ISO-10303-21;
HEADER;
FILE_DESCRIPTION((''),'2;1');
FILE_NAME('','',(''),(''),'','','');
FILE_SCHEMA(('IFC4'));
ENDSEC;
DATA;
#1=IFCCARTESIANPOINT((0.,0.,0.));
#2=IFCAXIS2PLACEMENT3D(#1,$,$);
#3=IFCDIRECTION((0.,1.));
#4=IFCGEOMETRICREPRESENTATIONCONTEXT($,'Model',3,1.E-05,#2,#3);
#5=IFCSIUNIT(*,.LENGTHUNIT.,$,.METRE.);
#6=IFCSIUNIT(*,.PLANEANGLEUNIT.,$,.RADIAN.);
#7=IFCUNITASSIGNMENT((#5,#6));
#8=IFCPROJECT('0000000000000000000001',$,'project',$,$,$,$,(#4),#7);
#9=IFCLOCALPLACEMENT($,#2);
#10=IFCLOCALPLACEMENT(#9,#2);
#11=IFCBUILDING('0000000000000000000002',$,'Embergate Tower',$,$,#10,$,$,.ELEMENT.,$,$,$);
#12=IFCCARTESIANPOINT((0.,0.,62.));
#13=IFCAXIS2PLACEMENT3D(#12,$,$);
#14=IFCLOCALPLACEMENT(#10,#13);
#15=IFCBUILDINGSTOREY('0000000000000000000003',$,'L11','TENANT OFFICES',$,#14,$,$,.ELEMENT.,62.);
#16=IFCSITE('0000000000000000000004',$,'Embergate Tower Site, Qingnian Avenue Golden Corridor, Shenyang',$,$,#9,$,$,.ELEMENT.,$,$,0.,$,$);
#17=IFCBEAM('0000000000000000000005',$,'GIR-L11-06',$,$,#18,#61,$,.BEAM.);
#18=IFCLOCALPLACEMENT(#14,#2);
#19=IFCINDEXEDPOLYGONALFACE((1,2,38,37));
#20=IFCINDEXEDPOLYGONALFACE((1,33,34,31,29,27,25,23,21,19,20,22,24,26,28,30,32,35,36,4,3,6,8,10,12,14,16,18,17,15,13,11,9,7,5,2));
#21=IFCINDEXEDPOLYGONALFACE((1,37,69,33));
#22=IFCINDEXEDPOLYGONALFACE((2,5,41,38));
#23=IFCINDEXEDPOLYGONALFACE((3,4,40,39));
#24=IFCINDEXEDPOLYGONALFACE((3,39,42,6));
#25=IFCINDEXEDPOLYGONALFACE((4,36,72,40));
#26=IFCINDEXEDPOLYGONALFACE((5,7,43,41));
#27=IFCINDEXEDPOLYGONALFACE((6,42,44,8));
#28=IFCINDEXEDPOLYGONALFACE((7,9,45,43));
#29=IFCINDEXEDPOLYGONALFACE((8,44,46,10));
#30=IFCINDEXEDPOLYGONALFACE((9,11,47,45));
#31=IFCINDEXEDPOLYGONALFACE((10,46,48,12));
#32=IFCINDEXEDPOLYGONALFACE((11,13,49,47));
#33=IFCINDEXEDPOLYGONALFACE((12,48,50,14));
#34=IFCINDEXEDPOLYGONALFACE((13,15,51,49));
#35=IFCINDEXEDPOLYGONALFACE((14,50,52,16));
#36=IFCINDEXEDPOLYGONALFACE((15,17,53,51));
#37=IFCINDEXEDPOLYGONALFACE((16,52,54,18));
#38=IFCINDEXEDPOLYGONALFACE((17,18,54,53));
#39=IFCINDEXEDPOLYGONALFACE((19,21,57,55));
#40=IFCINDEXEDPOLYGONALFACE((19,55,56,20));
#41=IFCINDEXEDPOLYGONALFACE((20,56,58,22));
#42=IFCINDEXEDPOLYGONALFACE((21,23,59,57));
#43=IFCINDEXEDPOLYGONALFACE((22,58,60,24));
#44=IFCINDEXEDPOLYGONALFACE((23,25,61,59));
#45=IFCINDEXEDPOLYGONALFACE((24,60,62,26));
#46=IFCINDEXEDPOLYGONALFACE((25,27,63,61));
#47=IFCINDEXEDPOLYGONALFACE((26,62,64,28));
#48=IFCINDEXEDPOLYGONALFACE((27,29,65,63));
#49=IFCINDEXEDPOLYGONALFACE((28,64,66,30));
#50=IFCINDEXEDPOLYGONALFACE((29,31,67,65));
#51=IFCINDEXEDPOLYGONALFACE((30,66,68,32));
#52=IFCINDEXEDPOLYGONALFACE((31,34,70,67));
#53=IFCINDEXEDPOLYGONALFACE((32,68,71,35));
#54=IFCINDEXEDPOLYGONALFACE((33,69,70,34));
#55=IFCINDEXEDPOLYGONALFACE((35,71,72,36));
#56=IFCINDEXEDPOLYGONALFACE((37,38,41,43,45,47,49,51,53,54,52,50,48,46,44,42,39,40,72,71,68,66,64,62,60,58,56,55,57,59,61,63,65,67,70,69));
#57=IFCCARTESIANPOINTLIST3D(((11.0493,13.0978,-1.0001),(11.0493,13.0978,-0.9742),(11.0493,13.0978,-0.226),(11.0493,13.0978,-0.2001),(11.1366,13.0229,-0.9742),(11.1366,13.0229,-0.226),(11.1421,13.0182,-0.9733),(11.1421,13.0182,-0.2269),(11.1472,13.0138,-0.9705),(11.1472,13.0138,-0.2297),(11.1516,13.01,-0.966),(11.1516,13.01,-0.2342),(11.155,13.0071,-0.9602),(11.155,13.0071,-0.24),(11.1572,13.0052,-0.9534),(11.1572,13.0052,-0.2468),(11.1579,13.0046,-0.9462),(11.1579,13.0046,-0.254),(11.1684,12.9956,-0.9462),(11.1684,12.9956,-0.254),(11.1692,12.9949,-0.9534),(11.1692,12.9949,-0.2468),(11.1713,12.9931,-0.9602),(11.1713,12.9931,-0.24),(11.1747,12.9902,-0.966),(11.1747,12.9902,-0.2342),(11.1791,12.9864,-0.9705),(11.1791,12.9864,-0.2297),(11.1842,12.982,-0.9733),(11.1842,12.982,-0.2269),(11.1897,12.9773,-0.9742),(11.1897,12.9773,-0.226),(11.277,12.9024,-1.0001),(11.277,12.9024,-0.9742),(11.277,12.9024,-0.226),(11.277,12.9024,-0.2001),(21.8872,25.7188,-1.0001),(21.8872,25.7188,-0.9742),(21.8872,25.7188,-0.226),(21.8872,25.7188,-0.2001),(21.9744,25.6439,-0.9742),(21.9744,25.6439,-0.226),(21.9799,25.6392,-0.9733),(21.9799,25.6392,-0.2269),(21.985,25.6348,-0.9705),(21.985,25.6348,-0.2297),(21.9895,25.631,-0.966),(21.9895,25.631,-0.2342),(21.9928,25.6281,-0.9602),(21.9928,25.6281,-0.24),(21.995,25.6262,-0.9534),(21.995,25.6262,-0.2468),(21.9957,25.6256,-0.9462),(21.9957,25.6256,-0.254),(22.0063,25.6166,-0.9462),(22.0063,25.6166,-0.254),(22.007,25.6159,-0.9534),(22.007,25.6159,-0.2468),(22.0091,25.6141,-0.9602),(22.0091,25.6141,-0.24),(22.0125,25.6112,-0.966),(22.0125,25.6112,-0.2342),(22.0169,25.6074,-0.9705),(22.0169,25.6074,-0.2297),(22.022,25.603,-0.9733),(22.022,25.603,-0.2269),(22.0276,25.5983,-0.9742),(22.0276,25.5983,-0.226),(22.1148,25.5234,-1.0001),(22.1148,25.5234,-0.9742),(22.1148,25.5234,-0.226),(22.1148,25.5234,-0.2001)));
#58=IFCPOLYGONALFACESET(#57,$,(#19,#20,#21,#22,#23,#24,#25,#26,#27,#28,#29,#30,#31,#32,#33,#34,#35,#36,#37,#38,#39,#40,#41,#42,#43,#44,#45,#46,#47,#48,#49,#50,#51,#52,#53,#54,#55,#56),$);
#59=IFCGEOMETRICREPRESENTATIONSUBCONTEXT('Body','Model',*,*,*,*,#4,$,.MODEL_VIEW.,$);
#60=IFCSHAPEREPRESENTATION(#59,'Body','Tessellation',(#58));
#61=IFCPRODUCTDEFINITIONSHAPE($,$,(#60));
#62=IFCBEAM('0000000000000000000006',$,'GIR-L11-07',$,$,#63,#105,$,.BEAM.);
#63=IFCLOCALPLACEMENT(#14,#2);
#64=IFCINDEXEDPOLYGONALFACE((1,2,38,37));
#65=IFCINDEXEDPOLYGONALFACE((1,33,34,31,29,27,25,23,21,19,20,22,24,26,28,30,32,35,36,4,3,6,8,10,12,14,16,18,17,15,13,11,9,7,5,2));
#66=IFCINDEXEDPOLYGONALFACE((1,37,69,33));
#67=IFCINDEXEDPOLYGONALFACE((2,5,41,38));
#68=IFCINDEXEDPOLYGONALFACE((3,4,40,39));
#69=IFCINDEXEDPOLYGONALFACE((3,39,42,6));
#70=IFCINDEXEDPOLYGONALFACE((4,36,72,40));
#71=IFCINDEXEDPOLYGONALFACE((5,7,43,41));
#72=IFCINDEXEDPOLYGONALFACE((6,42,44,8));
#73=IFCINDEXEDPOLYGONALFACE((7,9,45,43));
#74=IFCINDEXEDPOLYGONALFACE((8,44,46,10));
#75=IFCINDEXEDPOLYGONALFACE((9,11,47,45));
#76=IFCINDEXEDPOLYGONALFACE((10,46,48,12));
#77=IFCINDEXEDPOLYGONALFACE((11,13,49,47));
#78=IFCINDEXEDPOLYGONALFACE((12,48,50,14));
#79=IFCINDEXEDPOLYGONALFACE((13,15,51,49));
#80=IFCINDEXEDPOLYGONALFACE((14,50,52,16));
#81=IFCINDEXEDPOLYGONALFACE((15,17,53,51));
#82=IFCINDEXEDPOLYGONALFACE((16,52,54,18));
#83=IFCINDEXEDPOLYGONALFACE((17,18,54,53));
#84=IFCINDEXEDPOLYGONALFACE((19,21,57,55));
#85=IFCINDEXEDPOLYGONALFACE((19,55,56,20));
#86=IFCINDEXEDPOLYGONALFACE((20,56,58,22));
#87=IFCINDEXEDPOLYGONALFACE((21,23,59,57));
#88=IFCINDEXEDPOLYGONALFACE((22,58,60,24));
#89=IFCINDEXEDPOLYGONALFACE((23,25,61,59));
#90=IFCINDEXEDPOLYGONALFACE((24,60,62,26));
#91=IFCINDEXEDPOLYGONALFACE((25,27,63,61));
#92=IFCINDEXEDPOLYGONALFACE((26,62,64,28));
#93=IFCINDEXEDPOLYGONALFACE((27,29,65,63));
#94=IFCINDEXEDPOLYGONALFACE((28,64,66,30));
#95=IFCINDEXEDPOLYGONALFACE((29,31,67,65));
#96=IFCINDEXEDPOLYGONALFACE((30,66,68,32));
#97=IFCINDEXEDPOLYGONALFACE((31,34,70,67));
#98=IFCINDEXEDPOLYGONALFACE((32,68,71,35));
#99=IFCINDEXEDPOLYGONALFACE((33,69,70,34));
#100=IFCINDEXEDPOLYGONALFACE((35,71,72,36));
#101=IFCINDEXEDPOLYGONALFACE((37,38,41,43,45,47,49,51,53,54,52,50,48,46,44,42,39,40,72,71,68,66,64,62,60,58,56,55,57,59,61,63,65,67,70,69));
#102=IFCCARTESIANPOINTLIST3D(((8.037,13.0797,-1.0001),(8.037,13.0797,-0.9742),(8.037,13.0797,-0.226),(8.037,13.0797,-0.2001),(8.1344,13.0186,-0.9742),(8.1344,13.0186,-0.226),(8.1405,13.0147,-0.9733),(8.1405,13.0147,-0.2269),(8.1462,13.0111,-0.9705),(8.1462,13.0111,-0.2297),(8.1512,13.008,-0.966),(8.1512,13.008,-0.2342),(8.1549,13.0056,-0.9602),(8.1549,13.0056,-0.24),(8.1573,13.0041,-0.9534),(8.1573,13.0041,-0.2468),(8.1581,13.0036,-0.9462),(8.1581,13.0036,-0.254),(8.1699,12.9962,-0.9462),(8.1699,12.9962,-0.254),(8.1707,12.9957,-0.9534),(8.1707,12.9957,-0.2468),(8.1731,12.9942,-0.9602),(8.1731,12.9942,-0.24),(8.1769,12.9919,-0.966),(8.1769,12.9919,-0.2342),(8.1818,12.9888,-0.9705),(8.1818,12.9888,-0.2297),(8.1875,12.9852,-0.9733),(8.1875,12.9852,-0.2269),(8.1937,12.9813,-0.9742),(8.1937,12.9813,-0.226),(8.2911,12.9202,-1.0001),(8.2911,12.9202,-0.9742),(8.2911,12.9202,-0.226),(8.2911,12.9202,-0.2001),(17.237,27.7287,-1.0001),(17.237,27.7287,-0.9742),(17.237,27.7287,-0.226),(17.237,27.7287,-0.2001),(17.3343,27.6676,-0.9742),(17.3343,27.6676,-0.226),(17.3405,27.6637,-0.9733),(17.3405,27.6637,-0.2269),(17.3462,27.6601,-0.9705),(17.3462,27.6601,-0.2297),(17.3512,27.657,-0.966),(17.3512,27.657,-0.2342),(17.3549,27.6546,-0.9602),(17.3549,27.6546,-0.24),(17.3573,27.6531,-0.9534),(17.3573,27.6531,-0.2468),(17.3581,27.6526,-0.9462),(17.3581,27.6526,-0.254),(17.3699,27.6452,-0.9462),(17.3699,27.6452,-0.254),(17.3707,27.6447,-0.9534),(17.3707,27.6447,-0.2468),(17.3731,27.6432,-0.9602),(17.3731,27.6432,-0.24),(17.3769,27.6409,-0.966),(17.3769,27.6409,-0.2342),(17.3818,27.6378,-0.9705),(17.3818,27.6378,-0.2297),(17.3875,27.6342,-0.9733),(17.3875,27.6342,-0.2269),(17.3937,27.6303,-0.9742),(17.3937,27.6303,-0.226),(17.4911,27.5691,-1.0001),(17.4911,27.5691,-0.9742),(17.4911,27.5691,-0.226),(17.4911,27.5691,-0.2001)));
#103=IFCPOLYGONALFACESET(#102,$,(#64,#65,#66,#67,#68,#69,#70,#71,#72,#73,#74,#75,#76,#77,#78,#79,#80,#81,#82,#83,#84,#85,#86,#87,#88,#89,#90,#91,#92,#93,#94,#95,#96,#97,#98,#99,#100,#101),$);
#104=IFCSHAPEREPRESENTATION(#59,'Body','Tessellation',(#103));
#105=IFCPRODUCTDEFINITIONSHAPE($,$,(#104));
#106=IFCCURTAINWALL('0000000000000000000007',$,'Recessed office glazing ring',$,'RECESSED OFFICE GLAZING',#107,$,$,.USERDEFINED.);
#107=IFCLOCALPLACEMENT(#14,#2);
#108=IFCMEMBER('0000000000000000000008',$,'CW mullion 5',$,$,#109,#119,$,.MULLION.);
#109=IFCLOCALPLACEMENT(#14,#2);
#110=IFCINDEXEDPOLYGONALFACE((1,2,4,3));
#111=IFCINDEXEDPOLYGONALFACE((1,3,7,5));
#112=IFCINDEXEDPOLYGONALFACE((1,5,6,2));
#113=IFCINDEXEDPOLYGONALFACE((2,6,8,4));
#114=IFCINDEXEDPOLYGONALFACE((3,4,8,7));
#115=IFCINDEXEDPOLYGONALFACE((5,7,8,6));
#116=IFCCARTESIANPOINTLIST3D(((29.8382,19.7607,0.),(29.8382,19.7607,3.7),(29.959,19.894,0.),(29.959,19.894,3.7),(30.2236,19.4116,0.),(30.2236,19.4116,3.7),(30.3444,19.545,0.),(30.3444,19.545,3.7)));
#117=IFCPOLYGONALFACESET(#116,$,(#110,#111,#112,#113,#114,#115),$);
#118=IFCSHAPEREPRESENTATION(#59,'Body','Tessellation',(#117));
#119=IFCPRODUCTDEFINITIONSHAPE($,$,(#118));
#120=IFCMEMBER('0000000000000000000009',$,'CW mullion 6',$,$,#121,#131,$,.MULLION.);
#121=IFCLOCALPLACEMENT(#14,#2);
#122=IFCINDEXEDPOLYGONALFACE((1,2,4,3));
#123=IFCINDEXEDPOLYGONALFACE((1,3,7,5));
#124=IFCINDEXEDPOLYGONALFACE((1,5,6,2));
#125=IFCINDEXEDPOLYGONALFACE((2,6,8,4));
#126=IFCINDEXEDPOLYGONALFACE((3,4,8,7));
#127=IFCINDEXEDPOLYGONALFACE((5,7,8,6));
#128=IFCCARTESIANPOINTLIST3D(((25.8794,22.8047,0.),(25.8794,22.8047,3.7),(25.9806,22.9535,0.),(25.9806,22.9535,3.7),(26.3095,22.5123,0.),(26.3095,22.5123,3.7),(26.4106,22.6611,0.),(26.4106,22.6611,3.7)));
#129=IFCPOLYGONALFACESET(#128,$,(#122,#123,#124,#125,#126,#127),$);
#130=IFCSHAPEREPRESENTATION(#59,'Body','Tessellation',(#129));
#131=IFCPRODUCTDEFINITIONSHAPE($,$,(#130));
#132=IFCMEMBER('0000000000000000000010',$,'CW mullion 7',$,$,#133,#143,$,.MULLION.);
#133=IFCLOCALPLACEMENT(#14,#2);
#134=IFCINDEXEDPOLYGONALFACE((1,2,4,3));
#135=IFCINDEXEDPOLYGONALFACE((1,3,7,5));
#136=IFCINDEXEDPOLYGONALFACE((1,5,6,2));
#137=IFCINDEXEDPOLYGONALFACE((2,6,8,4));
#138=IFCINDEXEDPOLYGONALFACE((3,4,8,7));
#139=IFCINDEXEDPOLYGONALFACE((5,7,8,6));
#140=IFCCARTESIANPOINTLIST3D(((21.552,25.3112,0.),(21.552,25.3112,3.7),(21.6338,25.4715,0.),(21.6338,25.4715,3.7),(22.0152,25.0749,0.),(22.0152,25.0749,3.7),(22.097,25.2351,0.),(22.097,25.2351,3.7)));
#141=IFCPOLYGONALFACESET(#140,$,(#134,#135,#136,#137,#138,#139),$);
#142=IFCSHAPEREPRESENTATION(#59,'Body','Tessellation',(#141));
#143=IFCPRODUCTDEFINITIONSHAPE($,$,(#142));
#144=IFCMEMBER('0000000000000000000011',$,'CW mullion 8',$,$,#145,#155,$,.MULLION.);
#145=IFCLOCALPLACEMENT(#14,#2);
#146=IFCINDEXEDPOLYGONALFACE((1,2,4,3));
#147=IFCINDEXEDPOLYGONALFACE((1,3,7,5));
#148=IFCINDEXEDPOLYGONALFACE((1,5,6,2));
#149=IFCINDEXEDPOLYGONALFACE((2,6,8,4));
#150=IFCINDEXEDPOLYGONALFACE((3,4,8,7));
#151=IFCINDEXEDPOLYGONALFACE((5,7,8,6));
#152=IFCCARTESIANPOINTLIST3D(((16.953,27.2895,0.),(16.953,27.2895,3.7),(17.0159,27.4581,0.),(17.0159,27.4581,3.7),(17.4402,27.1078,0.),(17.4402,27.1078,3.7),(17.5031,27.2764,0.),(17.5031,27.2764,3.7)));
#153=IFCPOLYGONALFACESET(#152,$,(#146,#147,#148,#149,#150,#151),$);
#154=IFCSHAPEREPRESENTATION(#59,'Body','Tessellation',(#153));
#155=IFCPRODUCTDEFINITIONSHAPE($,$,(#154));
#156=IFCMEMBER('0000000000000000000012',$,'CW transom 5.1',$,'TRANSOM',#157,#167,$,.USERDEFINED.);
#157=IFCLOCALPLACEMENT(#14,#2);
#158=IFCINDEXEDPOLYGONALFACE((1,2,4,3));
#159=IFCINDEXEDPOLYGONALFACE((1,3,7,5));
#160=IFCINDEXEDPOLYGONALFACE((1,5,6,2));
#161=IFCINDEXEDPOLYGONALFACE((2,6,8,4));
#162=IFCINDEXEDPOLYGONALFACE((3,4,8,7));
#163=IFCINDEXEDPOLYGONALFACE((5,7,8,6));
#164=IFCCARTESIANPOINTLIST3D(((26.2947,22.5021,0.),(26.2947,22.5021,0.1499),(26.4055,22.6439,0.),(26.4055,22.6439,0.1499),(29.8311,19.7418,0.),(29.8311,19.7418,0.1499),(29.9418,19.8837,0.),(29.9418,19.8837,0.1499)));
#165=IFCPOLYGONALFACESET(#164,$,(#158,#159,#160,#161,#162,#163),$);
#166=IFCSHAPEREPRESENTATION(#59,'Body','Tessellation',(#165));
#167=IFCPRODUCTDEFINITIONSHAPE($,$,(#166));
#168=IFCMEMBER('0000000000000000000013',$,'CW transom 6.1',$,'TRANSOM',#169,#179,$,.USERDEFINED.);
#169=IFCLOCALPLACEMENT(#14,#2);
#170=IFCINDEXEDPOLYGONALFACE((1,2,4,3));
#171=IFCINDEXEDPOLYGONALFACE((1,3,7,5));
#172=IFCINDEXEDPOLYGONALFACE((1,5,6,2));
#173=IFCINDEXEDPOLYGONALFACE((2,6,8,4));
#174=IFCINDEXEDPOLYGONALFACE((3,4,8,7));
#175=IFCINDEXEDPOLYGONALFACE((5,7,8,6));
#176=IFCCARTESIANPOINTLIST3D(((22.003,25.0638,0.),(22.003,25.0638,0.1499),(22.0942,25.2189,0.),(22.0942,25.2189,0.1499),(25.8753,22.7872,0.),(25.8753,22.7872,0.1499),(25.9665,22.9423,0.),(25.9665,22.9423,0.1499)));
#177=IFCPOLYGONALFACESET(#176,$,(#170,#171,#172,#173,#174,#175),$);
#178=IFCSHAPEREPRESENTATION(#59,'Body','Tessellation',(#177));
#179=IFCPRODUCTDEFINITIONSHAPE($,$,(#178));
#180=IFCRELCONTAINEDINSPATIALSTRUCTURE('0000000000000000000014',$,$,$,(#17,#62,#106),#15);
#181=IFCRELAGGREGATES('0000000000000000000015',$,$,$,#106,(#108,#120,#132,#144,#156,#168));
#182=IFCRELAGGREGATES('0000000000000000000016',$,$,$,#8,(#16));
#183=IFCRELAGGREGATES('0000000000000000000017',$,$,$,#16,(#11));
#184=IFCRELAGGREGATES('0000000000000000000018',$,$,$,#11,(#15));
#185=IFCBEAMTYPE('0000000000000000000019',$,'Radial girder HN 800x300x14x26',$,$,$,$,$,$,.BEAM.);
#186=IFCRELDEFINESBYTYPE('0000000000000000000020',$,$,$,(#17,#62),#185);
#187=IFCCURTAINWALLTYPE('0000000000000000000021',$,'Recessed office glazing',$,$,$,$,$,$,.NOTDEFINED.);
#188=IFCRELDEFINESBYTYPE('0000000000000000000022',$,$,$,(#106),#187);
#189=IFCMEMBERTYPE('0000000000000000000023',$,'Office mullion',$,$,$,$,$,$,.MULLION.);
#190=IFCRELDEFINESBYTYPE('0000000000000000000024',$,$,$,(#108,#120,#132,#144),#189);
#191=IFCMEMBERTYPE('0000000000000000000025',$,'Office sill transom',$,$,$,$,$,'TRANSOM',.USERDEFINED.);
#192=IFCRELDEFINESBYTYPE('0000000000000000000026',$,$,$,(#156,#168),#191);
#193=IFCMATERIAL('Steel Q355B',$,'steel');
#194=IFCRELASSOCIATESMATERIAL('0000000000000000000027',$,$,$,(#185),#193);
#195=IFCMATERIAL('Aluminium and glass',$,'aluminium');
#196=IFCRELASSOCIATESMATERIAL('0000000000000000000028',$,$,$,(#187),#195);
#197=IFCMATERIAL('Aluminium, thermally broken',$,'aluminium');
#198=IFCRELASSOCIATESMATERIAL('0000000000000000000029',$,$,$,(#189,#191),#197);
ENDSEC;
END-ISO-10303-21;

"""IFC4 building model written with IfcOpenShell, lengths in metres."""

from ifc_helpers import new_model, si_unit, direction, frame, origin, origin_2d, place, context, subcontext, project, spatial, rectangle, i_section, extrude, source, transform, mapped, material, material_profile, profile_set, type_object, element, aggregate, save


model = new_model("IFC4")

# Units and contexts
model_context = context("Model", 3, precision=1e-05, world=origin(), true_north=direction((0.0, 1.0)))
body_context = subcontext(model_context, "Body", "Model", "MODEL_VIEW")
ifc_project = project(units=[si_unit("LENGTHUNIT", "METRE"), si_unit("PLANEANGLEUNIT", "RADIAN")], contexts=[model_context])

# Site, building, storey
site_placement = place(None, origin())
site = spatial("IfcSite", under=ifc_project, at=site_placement, Name="Embergate Tower Site, Qingnian Avenue Golden Corridor, Shenyang", CompositionType="ELEMENT", RefElevation=0.0)
building_placement = place(site_placement, origin())
building = spatial("IfcBuilding", under=site, at=building_placement, Name="Embergate Tower", CompositionType="ELEMENT")
storey_placement = place(building_placement, frame((0.0, 0.0, 62.0)))
storey = spatial("IfcBuildingStorey", under=building, at=storey_placement, Name="L11", Description="TENANT OFFICES", CompositionType="ELEMENT", Elevation=62.0)

# Beams
ifc_material_1 = material(Name="Steel Q355B", Category="steel")
ifc_material_profile_1 = material_profile(ifc_material_1, i_section(OverallWidth=0.3, OverallDepth=0.8, WebThickness=0.0139, FlangeThickness=0.0259, FilletRadius=0.0281, at=origin_2d()), Name="HN 800x300x14x26")
ifc_profile_set_1 = profile_set([ifc_material_profile_1], Name="Steel Q355 grade B")
beam_type_1 = type_object("IfcBeamType", Name="Radial girder HN 800x300x14x26", PredefinedType="BEAM", material=ifc_profile_set_1)
shared_shape_1 = source(origin(), body_context, "Body", "SweptSolid", [
    extrude(i_section(OverallWidth=0.3, OverallDepth=0.8, WebThickness=0.0139, FlangeThickness=0.0259, FilletRadius=0.0281, at=origin_2d()), origin(), (0.0, 0.0, 1.0), 16.6357),
])
beam_1_placement = place(storey_placement, frame((22.001, 25.6211, -0.6001), z_axis=(-0.651478, -0.758668, 0.0), x_axis=(0.758668, -0.651478, 0.0)))
element("IfcBeam", 1, at=beam_1_placement, inside=storey, type_object=beam_type_1, Name="GIR-L11-06", PredefinedType="BEAM", context=body_context, shape_type="MappedRepresentation", body=[
    mapped(shared_shape_1, transform((0.0, 0.0, 0.0))),
])
shared_shape_2 = source(origin(), body_context, "Body", "SweptSolid", [
    extrude(i_section(OverallWidth=0.3, OverallDepth=0.8, WebThickness=0.0139, FlangeThickness=0.0259, FilletRadius=0.0281, at=origin_2d()), origin(), (0.0, 0.0, 1.0), 17.2983),
])
beam_2_placement = place(storey_placement, frame((17.364, 27.6489, -0.6001), z_axis=(-0.531842, -0.846843, 0.0), x_axis=(0.846843, -0.531842, 0.0)))
element("IfcBeam", 2, at=beam_2_placement, inside=storey, type_object=beam_type_1, Name="GIR-L11-07", PredefinedType="BEAM", context=body_context, shape_type="MappedRepresentation", body=[
    mapped(shared_shape_2, transform((0.0, 0.0, 0.0))),
])

# Curtain wall, members
ifc_material_2 = material(Name="Aluminium and glass", Category="aluminium")
curtain_wall_type = type_object("IfcCurtainWallType", Name="Recessed office glazing", PredefinedType="NOTDEFINED", material=ifc_material_2)
curtain_wall_placement = place(storey_placement, origin())
curtain_wall = element("IfcCurtainWall", 3, at=curtain_wall_placement, inside=storey, type_object=curtain_wall_type, Name="Recessed office glazing ring", ObjectType="RECESSED OFFICE GLAZING", PredefinedType="USERDEFINED")
ifc_material_3 = material(Name="Aluminium, thermally broken", Category="aluminium")
ifc_material_profile_2 = material_profile(ifc_material_3, rectangle(XDim=0.1799, YDim=0.52, at=origin_2d()), Name="AL 520x180")
ifc_profile_set_2 = profile_set([ifc_material_profile_2], Name="Aluminium, thermally broken")
member_type_1 = type_object("IfcMemberType", Name="Office mullion", PredefinedType="MULLION", material=ifc_profile_set_2)
shared_shape_3 = source(origin(), body_context, "Body", "SweptSolid", [
    extrude(rectangle(XDim=0.1799, YDim=0.52, at=origin_2d()), origin(), (0.0, 0.0, 1.0), 3.7),
])
member_1_placement = place(storey_placement, frame((30.0913, 19.6528, 0.0), z_axis=(0.0, 0.0, 1.0), x_axis=(-0.671239, -0.741241, 0.0)))
member_1 = element("IfcMember", 4, at=member_1_placement, type_object=member_type_1, Name="CW mullion 5", PredefinedType="MULLION", context=body_context, shape_type="MappedRepresentation", body=[
    mapped(shared_shape_3, transform((0.0, 0.0, 0.0))),
])
member_2_placement = place(storey_placement, frame((26.145, 22.7329, 0.0), z_axis=(0.0, 0.0, 1.0), x_axis=(-0.562229, -0.826981, 0.0)))
member_2 = element("IfcMember", 5, at=member_2_placement, type_object=member_type_1, Name="CW mullion 6", PredefinedType="MULLION", context=body_context, shape_type="MappedRepresentation", body=[
    mapped(shared_shape_3, transform((0.0, 0.0, 0.0))),
])
member_3_placement = place(storey_placement, frame((21.8245, 25.2732, 0.0), z_axis=(0.0, 0.0, 1.0), x_axis=(-0.454521, -0.890736, 0.0)))
member_3 = element("IfcMember", 6, at=member_3_placement, type_object=member_type_1, Name="CW mullion 7", PredefinedType="MULLION", context=body_context, shape_type="MappedRepresentation", body=[
    mapped(shared_shape_3, transform((0.0, 0.0, 0.0))),
])
member_4_placement = place(storey_placement, frame((17.228, 27.283, 0.0), z_axis=(0.0, 0.0, 1.0), x_axis=(-0.349511, -0.936932, 0.0)))
member_4 = element("IfcMember", 7, at=member_4_placement, type_object=member_type_1, Name="CW mullion 8", PredefinedType="MULLION", context=body_context, shape_type="MappedRepresentation", body=[
    mapped(shared_shape_3, transform((0.0, 0.0, 0.0))),
])
ifc_material_profile_3 = material_profile(ifc_material_3, rectangle(XDim=0.1799, YDim=0.1499, at=origin_2d()), Name="AL 150x180")
ifc_profile_set_3 = profile_set([ifc_material_profile_3], Name="Aluminium, thermally broken")
member_type_2 = type_object("IfcMemberType", Name="Office sill transom", ElementType="TRANSOM", PredefinedType="USERDEFINED", material=ifc_profile_set_3)
shared_shape_4 = source(origin(), body_context, "Body", "SweptSolid", [
    extrude(rectangle(XDim=0.1799, YDim=0.1499, at=origin_2d()), origin(), (0.0, 0.0, 1.0), 4.4861),
])
member_5_placement = place(storey_placement, frame((29.8865, 19.8127, 0.075), z_axis=(-0.788299, 0.615292, 0.0), x_axis=(-0.615292, -0.788299, 0.0)))
member_5 = element("IfcMember", 8, at=member_5_placement, type_object=member_type_2, Name="CW transom 5.1", ObjectType="TRANSOM", PredefinedType="USERDEFINED", context=body_context, shape_type="MappedRepresentation", body=[
    mapped(shared_shape_4, transform((0.0, 0.0, 0.0))),
])
shared_shape_5 = source(origin(), body_context, "Body", "SweptSolid", [
    extrude(rectangle(XDim=0.1799, YDim=0.1499, at=origin_2d()), origin(), (0.0, 0.0, 1.0), 4.4919),
])
member_6_placement = place(storey_placement, frame((25.9209, 22.8647, 0.075), z_axis=(-0.862053, 0.506818, 0.0), x_axis=(-0.506818, -0.862053, 0.0)))
member_6 = element("IfcMember", 9, at=member_6_placement, type_object=member_type_2, Name="CW transom 6.1", ObjectType="TRANSOM", PredefinedType="USERDEFINED", context=body_context, shape_type="MappedRepresentation", body=[
    mapped(shared_shape_5, transform((0.0, 0.0, 0.0))),
])
aggregate(curtain_wall, [member_1, member_2, member_3, member_4, member_5, member_6])

save(model, "model.ifc")
